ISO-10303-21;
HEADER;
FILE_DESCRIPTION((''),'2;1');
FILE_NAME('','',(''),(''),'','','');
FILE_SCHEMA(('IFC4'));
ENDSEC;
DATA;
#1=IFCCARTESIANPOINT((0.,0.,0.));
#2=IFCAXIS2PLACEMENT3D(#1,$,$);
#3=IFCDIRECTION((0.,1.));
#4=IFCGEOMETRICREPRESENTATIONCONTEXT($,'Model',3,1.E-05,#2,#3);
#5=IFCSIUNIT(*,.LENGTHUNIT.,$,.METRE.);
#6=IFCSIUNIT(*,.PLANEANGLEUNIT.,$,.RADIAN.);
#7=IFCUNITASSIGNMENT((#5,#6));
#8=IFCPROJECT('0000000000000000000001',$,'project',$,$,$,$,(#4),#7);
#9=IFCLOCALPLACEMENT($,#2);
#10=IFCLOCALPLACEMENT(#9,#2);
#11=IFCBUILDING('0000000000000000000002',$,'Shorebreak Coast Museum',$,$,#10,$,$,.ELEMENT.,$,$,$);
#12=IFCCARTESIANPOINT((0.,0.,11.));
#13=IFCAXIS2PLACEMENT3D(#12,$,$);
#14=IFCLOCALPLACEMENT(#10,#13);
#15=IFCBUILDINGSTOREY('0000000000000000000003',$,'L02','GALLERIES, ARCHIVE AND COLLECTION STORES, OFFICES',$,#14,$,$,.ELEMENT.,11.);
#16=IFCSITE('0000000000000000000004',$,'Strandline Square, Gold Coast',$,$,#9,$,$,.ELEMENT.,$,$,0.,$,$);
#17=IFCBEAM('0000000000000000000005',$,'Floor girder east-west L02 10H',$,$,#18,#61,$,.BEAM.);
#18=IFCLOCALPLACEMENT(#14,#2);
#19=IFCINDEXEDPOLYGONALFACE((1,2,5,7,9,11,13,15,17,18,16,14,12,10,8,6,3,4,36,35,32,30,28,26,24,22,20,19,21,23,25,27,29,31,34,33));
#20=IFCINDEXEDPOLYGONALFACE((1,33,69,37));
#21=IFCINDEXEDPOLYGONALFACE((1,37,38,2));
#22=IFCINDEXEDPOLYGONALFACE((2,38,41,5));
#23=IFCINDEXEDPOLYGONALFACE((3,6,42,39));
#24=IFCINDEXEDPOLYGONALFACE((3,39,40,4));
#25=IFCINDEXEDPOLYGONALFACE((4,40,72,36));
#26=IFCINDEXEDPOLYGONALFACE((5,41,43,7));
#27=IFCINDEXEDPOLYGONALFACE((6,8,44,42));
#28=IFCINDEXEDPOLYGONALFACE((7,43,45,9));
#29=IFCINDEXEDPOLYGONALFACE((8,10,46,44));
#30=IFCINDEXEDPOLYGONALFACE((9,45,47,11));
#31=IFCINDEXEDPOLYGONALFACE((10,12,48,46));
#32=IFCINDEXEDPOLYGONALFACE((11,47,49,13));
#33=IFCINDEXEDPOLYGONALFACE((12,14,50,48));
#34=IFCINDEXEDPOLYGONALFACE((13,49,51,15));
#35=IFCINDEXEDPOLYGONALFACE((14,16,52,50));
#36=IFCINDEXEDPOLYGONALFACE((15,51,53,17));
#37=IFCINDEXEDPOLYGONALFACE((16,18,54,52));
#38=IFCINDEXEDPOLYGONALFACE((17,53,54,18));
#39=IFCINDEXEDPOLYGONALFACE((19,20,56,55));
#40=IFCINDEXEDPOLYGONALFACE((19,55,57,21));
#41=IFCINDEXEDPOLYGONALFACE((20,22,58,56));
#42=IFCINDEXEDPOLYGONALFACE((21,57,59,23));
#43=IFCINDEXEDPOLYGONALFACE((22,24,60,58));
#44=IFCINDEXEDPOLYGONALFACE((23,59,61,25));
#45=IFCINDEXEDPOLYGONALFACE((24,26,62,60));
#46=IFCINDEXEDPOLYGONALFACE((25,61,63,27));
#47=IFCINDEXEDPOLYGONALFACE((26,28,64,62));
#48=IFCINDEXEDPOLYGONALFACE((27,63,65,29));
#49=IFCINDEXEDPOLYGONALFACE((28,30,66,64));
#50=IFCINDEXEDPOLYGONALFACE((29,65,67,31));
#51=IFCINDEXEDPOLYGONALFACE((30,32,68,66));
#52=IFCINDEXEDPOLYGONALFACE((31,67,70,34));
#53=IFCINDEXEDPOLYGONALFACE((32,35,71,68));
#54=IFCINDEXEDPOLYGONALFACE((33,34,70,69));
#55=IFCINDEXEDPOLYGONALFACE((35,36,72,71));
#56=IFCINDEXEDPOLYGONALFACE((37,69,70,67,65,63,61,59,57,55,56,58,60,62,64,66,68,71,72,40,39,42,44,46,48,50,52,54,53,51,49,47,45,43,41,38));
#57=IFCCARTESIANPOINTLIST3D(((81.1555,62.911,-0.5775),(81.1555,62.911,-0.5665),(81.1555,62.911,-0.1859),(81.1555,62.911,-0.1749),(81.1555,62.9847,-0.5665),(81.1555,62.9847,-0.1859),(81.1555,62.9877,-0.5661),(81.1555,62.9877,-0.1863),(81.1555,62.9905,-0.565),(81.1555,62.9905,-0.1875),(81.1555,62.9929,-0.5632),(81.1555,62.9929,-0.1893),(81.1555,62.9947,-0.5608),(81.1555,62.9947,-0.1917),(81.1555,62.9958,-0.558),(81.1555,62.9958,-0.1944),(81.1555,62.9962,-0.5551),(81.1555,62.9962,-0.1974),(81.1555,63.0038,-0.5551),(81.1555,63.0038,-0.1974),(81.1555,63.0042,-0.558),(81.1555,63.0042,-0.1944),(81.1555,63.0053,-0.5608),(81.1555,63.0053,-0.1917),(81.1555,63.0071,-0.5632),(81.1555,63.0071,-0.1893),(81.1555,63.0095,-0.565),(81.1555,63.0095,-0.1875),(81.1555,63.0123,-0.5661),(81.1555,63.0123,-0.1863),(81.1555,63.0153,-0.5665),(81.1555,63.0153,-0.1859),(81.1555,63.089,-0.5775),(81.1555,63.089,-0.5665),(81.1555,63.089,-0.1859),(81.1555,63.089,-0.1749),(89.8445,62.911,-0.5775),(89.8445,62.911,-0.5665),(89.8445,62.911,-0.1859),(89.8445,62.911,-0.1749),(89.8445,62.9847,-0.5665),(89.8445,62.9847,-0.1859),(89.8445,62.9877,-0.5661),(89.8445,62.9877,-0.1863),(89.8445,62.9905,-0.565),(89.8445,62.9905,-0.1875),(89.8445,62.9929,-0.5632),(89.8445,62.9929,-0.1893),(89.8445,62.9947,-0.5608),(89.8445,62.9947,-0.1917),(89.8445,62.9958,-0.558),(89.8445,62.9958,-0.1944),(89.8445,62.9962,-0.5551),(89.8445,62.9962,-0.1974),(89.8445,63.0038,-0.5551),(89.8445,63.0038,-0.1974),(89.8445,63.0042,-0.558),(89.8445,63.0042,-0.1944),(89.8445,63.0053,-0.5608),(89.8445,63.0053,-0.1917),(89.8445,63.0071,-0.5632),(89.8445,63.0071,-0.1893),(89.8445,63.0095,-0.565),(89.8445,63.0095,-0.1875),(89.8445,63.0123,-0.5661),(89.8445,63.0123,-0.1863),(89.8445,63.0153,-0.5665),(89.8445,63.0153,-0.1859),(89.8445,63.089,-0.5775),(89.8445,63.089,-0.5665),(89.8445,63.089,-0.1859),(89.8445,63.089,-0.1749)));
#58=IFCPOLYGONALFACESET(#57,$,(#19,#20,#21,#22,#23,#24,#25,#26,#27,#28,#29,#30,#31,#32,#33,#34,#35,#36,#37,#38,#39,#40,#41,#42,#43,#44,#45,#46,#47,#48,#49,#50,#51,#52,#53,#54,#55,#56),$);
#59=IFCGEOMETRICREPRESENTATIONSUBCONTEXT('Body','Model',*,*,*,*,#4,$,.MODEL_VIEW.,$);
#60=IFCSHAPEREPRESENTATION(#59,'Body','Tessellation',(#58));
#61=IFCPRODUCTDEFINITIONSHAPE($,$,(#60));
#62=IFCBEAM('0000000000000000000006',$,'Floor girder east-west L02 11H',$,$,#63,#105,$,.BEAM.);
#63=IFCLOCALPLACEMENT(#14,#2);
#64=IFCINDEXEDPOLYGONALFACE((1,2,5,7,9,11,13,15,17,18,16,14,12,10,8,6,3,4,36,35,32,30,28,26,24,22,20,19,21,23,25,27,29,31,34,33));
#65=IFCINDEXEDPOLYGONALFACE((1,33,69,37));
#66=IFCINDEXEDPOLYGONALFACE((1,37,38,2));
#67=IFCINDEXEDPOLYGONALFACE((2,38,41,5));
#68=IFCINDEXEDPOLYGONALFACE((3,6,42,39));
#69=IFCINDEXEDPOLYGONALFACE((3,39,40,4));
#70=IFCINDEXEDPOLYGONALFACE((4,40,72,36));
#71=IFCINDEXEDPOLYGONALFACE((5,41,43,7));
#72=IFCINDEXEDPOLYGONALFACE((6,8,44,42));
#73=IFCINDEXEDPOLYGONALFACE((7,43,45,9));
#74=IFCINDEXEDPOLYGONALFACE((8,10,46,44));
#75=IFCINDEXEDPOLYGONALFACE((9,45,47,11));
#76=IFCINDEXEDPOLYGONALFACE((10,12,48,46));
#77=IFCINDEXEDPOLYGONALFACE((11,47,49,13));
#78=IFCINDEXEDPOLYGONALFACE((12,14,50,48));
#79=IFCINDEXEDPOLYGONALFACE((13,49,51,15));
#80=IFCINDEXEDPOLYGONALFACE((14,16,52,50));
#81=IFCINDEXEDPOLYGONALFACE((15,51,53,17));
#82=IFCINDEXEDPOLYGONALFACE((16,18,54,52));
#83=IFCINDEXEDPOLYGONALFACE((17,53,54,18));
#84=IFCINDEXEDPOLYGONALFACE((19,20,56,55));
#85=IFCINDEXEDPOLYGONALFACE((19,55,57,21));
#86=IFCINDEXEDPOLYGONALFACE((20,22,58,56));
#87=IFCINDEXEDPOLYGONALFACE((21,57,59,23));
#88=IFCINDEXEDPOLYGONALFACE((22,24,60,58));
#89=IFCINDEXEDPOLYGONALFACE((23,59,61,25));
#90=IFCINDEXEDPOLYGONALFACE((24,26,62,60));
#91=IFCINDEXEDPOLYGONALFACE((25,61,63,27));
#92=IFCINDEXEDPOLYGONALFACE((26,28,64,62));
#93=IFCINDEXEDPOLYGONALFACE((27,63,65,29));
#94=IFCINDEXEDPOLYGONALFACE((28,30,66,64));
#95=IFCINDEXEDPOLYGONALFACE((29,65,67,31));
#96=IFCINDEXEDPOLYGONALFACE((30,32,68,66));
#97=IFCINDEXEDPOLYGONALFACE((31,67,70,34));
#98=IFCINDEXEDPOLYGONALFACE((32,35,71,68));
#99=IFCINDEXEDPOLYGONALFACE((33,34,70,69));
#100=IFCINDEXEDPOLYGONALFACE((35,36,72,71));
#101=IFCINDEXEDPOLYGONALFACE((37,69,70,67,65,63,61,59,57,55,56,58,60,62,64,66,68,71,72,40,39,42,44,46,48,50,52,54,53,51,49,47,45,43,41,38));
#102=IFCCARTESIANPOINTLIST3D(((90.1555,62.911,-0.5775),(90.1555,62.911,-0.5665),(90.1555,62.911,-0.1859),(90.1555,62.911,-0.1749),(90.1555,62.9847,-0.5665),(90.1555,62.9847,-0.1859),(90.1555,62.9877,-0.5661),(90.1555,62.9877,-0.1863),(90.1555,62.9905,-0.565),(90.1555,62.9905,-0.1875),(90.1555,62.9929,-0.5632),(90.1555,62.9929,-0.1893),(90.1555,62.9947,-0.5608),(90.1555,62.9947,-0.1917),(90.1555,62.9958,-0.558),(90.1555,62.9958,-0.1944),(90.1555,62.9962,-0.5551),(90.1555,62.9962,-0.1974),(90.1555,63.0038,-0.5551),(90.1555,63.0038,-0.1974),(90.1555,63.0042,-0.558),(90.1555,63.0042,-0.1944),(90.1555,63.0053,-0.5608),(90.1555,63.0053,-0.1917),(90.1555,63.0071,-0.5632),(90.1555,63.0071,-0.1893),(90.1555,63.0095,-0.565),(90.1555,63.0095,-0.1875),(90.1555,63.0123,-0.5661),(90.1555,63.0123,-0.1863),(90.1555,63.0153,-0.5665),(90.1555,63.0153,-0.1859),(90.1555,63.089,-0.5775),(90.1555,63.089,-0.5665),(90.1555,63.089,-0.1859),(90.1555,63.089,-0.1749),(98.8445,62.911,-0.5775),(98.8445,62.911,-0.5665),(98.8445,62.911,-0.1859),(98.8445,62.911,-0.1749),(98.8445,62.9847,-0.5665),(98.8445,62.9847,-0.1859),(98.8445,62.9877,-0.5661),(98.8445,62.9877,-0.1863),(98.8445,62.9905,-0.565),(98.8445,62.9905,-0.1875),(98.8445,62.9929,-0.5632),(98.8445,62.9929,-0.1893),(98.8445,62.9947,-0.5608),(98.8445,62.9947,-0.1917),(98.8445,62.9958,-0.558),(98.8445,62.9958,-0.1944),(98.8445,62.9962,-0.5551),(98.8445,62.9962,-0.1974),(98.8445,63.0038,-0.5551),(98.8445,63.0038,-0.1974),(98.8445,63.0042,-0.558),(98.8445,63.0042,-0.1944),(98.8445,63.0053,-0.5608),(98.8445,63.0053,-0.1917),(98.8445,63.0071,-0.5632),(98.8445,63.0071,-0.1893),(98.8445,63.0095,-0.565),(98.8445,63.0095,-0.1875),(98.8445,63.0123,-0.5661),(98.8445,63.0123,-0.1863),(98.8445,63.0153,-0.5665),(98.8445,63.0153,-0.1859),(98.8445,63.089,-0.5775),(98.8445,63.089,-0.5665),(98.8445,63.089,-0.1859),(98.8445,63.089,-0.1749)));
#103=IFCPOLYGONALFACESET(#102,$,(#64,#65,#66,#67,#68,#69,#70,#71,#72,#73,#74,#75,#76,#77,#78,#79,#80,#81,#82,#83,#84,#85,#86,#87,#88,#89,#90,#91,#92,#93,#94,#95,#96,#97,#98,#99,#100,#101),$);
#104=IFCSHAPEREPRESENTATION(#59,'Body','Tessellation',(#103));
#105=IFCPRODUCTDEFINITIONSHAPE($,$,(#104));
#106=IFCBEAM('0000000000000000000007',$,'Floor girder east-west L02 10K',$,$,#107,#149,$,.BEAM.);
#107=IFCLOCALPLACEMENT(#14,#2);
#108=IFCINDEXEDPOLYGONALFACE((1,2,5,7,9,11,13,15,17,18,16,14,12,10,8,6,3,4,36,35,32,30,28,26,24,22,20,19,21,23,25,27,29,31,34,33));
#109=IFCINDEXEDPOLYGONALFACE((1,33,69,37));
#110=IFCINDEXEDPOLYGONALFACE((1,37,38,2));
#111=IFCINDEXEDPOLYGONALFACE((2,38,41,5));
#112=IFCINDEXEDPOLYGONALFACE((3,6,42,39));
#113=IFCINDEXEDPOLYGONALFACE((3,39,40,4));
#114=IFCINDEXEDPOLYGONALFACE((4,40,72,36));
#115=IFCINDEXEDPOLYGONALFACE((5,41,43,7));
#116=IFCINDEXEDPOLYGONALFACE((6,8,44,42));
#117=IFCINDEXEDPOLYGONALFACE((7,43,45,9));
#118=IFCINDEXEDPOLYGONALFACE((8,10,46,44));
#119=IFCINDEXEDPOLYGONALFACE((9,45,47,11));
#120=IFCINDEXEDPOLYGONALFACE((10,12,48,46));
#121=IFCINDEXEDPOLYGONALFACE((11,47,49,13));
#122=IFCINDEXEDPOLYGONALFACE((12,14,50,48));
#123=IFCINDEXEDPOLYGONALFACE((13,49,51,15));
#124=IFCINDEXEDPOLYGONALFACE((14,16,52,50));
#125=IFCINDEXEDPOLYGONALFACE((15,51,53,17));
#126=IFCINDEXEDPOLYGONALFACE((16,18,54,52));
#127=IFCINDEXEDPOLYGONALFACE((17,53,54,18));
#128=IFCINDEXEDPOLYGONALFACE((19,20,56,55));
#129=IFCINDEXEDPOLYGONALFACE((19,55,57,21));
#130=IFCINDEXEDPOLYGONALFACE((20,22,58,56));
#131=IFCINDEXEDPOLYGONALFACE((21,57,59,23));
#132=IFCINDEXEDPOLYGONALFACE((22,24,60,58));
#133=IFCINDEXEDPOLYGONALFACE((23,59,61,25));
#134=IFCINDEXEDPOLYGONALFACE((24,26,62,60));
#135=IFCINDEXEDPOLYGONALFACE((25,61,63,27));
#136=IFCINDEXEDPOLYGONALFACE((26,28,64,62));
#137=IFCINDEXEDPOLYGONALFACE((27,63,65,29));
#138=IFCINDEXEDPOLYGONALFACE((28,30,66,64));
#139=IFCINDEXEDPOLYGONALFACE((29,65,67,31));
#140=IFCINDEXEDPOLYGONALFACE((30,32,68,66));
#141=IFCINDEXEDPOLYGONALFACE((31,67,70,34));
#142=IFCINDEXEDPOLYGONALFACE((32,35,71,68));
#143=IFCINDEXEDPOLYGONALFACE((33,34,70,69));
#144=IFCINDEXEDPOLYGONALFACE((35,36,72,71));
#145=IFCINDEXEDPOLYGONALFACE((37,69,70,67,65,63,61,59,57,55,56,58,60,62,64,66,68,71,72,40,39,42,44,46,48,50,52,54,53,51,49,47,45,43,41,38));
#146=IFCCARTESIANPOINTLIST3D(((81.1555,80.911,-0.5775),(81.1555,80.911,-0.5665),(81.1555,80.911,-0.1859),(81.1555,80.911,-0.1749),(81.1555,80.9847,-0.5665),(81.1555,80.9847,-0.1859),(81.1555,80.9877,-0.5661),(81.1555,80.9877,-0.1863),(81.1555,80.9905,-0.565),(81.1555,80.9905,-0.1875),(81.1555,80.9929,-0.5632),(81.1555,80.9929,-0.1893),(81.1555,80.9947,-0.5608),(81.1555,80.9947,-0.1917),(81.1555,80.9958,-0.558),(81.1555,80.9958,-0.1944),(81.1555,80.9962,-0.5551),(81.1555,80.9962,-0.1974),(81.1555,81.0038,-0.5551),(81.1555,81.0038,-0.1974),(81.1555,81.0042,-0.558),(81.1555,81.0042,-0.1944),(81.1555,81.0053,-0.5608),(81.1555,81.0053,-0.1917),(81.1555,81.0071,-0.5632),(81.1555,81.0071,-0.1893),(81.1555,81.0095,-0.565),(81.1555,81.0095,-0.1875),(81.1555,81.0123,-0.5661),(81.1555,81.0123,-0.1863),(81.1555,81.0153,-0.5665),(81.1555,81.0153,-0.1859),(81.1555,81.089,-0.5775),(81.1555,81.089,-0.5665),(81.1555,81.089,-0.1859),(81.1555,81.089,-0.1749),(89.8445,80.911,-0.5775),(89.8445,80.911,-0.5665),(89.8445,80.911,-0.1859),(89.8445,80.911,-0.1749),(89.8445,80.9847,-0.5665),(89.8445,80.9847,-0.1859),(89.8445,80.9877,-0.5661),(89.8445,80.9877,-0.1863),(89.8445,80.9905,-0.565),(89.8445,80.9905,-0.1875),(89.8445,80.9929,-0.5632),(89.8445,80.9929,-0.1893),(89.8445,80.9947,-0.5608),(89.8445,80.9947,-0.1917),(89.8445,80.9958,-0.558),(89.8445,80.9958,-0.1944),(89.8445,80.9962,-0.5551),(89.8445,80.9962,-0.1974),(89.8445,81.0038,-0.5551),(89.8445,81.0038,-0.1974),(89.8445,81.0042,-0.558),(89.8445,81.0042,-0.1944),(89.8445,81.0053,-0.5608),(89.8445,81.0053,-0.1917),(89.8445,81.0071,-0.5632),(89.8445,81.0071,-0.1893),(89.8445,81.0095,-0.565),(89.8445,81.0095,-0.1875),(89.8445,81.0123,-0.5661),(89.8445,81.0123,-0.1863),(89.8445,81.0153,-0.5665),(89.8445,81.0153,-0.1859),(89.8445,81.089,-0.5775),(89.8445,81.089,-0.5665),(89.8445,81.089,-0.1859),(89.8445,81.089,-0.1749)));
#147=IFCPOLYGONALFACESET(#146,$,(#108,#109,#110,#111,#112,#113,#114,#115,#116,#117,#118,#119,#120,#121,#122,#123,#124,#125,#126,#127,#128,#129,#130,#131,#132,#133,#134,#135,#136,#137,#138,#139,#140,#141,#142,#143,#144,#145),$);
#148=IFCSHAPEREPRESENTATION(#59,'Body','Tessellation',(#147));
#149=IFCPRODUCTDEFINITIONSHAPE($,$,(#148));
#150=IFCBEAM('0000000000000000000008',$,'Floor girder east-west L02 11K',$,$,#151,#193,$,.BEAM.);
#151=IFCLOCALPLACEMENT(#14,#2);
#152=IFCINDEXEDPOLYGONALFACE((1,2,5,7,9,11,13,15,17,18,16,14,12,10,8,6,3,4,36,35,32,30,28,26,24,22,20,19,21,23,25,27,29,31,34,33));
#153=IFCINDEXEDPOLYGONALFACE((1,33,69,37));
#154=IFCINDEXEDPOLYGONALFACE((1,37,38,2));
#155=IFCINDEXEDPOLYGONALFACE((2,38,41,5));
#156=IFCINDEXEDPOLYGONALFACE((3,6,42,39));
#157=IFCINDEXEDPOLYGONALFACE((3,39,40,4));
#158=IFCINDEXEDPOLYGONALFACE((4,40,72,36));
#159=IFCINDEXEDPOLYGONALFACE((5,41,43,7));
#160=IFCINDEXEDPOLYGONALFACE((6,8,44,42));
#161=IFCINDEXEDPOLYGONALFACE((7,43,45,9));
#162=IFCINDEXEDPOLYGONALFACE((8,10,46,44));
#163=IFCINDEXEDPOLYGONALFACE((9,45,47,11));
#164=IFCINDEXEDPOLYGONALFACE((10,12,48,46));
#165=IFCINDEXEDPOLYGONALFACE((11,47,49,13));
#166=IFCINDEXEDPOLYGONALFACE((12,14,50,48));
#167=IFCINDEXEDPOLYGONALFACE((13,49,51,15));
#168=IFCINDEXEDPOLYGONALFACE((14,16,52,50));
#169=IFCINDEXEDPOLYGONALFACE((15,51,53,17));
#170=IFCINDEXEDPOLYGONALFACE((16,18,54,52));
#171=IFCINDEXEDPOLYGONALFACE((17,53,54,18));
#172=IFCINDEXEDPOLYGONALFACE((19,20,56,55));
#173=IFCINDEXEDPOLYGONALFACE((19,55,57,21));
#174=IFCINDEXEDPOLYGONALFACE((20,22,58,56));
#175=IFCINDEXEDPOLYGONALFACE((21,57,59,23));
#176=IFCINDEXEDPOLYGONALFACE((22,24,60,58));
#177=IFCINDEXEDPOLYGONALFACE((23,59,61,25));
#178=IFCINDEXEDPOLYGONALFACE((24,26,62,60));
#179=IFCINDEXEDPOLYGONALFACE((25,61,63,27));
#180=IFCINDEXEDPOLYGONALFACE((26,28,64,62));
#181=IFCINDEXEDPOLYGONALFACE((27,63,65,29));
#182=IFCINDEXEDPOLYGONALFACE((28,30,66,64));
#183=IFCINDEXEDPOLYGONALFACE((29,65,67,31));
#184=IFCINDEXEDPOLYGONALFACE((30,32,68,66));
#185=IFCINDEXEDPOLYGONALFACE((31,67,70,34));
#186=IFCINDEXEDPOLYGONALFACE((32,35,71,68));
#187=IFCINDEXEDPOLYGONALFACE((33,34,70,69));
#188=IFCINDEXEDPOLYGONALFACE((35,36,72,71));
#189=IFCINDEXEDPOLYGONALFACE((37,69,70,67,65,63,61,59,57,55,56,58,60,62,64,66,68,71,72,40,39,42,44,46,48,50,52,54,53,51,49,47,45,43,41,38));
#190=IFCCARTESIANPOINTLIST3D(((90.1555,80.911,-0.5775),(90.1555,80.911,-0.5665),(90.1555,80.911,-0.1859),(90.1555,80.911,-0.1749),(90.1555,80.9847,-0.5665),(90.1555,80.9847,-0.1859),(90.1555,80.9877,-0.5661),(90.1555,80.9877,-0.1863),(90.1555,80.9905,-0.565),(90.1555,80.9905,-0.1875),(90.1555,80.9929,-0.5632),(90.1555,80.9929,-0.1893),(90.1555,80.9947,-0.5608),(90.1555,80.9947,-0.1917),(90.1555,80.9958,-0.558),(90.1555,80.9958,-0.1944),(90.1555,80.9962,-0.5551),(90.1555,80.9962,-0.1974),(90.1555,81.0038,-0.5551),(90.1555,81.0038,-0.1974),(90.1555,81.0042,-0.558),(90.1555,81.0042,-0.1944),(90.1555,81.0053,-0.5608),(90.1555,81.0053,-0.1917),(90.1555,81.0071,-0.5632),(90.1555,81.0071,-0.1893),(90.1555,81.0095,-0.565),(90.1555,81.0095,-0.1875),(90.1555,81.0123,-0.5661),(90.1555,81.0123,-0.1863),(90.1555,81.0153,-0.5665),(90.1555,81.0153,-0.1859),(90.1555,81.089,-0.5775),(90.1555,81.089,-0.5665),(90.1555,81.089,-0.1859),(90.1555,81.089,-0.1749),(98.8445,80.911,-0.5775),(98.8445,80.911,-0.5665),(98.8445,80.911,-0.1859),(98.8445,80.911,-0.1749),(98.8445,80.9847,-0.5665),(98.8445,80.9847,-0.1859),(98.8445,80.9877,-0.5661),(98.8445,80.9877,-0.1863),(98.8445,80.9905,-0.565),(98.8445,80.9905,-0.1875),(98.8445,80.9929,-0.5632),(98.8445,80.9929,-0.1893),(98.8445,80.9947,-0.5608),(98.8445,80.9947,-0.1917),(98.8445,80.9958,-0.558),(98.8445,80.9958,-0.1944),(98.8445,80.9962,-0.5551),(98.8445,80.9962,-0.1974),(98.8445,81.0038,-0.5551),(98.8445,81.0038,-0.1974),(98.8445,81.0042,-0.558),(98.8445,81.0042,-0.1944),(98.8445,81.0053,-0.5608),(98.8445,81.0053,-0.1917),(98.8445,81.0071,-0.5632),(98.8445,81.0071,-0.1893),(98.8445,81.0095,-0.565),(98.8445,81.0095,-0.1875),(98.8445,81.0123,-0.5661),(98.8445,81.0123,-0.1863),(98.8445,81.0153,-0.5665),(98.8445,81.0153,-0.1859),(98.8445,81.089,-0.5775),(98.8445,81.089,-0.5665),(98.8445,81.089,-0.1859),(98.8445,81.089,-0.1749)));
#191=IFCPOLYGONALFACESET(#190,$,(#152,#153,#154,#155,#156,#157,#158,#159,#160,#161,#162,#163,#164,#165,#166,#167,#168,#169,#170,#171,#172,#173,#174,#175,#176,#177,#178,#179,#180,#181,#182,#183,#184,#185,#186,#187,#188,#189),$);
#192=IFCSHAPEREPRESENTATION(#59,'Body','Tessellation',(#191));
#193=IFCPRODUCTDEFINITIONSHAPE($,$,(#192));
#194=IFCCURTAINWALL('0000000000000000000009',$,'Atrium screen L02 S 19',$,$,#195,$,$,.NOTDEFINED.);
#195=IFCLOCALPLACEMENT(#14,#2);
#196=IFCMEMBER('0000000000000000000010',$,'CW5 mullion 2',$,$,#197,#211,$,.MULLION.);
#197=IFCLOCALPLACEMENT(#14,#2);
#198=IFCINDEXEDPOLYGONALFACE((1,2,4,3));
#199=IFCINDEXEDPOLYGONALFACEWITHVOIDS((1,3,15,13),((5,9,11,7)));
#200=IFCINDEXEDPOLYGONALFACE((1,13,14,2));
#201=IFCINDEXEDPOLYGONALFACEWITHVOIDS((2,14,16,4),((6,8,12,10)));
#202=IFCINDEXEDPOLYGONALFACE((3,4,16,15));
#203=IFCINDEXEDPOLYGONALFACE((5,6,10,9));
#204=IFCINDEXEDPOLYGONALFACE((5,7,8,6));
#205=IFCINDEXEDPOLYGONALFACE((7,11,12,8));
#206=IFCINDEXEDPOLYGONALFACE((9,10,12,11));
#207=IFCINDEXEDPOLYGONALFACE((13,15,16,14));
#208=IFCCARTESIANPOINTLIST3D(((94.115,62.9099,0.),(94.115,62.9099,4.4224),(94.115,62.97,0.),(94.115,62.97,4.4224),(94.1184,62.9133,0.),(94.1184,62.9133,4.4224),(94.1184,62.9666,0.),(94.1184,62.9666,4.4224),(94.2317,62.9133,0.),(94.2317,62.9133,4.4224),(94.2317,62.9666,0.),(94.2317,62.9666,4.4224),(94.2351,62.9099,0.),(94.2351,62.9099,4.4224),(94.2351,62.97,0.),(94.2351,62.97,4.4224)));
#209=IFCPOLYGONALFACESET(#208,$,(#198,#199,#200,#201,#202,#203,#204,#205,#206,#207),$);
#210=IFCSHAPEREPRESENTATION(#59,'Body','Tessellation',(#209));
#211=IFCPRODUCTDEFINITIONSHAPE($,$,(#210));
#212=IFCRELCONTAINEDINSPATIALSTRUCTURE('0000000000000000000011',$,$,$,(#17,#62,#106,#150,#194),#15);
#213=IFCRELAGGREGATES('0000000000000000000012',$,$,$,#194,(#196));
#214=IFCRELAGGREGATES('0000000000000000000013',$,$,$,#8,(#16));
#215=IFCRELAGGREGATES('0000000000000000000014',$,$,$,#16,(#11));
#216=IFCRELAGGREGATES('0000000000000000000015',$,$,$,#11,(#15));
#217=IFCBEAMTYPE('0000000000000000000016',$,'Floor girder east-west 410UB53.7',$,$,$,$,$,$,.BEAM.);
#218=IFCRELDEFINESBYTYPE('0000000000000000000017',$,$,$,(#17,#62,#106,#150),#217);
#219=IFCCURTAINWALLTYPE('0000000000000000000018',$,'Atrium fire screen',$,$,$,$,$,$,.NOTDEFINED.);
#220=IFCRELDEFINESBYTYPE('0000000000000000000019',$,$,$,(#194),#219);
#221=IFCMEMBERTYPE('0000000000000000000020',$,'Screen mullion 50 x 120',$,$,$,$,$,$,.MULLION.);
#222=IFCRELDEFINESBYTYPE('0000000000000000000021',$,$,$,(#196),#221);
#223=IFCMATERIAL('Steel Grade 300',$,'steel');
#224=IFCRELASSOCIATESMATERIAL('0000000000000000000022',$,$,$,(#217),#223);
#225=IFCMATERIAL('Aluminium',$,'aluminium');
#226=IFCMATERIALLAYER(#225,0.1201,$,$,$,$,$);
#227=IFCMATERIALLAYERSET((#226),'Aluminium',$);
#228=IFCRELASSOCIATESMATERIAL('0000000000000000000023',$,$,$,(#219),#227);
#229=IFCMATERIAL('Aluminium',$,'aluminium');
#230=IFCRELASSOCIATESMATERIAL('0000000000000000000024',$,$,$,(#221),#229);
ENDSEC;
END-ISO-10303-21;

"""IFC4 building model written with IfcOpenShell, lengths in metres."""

from ifc_helpers import new_model, si_unit, direction, frame, origin, origin_2d, place, context, subcontext, project, spatial, hollow_rectangle, i_section, extrude, material, layer, layer_set, material_profile, profile_set, type_object, element, aggregate, save


model = new_model("IFC4")

# Units and contexts
model_context = context("Model", 3, precision=1e-05, world=origin(), true_north=direction((0.0, 1.0)))
body_context = subcontext(model_context, "Body", "Model", "MODEL_VIEW")
ifc_project = project(units=[si_unit("LENGTHUNIT", "METRE"), si_unit("PLANEANGLEUNIT", "RADIAN")], contexts=[model_context])

# Site, building, storey
site_placement = place(None, origin())
site = spatial("IfcSite", under=ifc_project, at=site_placement, Name="Strandline Square, Gold Coast", CompositionType="ELEMENT", RefElevation=0.0)
building_placement = place(site_placement, origin())
building = spatial("IfcBuilding", under=site, at=building_placement, Name="Shorebreak Coast Museum", CompositionType="ELEMENT")
storey_placement = place(building_placement, frame((0.0, 0.0, 11.0)))
storey = spatial("IfcBuildingStorey", under=building, at=storey_placement, Name="L02", Description="GALLERIES, ARCHIVE AND COLLECTION STORES, OFFICES", CompositionType="ELEMENT", Elevation=11.0)

# Beams
ifc_material_1 = material(Name="Steel Grade 300", Category="steel")
ifc_material_profile_1 = material_profile(ifc_material_1, i_section(OverallWidth=0.178, OverallDepth=0.4026, WebThickness=0.0076, FlangeThickness=0.011, FilletRadius=0.0115, at=origin_2d()), Name="410UB53.7")
ifc_profile_set_1 = profile_set([ifc_material_profile_1], Name="Steel Grade 300")
beam_type_1 = type_object("IfcBeamType", Name="Floor girder east-west 410UB53.7", PredefinedType="BEAM", material=ifc_profile_set_1)
for number, where, z_axis, x_axis, name in (
    (1, (81.1555, 63.0, -0.3762), (1.0, 0.0, 0.0), (0.0, 1.0, 0.0), "Floor girder east-west L02 10H"),
    (2, (90.1555, 63.0, -0.3762), (1.0, 0.0, 0.0), (0.0, 1.0, 0.0), "Floor girder east-west L02 11H"),
    (3, (81.1555, 81.0, -0.3762), (1.0, 0.0, 0.0), (0.0, 1.0, 0.0), "Floor girder east-west L02 10K"),
    (4, (90.1555, 81.0, -0.3762), (1.0, 0.0, 0.0), (0.0, 1.0, 0.0), "Floor girder east-west L02 11K"),
):
    element("IfcBeam", number, at=place(storey_placement, frame(where, z_axis=z_axis, x_axis=x_axis)), inside=storey, type_object=beam_type_1, Name=name, PredefinedType="BEAM", context=body_context, shape_type="SweptSolid", body=[
        extrude(i_section(OverallWidth=0.178, OverallDepth=0.4026, WebThickness=0.0076, FlangeThickness=0.011, FilletRadius=0.0115, at=origin_2d()), origin(), (0.0, 0.0, 1.0), 8.689),
    ])

# Curtain wall, member
ifc_material_2 = material(Name="Aluminium", Category="aluminium")
ifc_layer_1 = layer(ifc_material_2, 0.1201)
ifc_layer_set_1 = layer_set([ifc_layer_1], Name="Aluminium")
curtain_wall_type = type_object("IfcCurtainWallType", Name="Atrium fire screen", PredefinedType="NOTDEFINED", material=ifc_layer_set_1)
curtain_wall_1_placement = place(storey_placement, origin())
curtain_wall_1 = element("IfcCurtainWall", 5, at=curtain_wall_1_placement, inside=storey, type_object=curtain_wall_type, Name="Atrium screen L02 S 19", PredefinedType="NOTDEFINED")
ifc_material_3 = material(Name="Aluminium", Category="aluminium")
ifc_material_profile_2 = material_profile(ifc_material_3, hollow_rectangle(XDim=0.0601, YDim=0.1201, WallThickness=0.0034, at=origin_2d()), Name="AL 120x60 RHS")
ifc_profile_set_2 = profile_set([ifc_material_profile_2], Name="Aluminium")
member_type_1 = type_object("IfcMemberType", Name="Screen mullion 50 x 120", PredefinedType="MULLION", material=ifc_profile_set_2)
member_1_placement = place(storey_placement, frame((94.175, 62.9399, 0.0), z_axis=(0.0, 0.0, 1.0), x_axis=(0.0, 1.0, 0.0)))
member_1 = element("IfcMember", 6, at=member_1_placement, type_object=member_type_1, Name="CW5 mullion 2", PredefinedType="MULLION", context=body_context, shape_type="SweptSolid", body=[
    extrude(hollow_rectangle(XDim=0.0601, YDim=0.1201, WallThickness=0.0034, at=origin_2d()), origin(), (0.0, 0.0, 1.0), 4.4224),
])
aggregate(curtain_wall_1, [member_1])

save(model, "model.ifc")
